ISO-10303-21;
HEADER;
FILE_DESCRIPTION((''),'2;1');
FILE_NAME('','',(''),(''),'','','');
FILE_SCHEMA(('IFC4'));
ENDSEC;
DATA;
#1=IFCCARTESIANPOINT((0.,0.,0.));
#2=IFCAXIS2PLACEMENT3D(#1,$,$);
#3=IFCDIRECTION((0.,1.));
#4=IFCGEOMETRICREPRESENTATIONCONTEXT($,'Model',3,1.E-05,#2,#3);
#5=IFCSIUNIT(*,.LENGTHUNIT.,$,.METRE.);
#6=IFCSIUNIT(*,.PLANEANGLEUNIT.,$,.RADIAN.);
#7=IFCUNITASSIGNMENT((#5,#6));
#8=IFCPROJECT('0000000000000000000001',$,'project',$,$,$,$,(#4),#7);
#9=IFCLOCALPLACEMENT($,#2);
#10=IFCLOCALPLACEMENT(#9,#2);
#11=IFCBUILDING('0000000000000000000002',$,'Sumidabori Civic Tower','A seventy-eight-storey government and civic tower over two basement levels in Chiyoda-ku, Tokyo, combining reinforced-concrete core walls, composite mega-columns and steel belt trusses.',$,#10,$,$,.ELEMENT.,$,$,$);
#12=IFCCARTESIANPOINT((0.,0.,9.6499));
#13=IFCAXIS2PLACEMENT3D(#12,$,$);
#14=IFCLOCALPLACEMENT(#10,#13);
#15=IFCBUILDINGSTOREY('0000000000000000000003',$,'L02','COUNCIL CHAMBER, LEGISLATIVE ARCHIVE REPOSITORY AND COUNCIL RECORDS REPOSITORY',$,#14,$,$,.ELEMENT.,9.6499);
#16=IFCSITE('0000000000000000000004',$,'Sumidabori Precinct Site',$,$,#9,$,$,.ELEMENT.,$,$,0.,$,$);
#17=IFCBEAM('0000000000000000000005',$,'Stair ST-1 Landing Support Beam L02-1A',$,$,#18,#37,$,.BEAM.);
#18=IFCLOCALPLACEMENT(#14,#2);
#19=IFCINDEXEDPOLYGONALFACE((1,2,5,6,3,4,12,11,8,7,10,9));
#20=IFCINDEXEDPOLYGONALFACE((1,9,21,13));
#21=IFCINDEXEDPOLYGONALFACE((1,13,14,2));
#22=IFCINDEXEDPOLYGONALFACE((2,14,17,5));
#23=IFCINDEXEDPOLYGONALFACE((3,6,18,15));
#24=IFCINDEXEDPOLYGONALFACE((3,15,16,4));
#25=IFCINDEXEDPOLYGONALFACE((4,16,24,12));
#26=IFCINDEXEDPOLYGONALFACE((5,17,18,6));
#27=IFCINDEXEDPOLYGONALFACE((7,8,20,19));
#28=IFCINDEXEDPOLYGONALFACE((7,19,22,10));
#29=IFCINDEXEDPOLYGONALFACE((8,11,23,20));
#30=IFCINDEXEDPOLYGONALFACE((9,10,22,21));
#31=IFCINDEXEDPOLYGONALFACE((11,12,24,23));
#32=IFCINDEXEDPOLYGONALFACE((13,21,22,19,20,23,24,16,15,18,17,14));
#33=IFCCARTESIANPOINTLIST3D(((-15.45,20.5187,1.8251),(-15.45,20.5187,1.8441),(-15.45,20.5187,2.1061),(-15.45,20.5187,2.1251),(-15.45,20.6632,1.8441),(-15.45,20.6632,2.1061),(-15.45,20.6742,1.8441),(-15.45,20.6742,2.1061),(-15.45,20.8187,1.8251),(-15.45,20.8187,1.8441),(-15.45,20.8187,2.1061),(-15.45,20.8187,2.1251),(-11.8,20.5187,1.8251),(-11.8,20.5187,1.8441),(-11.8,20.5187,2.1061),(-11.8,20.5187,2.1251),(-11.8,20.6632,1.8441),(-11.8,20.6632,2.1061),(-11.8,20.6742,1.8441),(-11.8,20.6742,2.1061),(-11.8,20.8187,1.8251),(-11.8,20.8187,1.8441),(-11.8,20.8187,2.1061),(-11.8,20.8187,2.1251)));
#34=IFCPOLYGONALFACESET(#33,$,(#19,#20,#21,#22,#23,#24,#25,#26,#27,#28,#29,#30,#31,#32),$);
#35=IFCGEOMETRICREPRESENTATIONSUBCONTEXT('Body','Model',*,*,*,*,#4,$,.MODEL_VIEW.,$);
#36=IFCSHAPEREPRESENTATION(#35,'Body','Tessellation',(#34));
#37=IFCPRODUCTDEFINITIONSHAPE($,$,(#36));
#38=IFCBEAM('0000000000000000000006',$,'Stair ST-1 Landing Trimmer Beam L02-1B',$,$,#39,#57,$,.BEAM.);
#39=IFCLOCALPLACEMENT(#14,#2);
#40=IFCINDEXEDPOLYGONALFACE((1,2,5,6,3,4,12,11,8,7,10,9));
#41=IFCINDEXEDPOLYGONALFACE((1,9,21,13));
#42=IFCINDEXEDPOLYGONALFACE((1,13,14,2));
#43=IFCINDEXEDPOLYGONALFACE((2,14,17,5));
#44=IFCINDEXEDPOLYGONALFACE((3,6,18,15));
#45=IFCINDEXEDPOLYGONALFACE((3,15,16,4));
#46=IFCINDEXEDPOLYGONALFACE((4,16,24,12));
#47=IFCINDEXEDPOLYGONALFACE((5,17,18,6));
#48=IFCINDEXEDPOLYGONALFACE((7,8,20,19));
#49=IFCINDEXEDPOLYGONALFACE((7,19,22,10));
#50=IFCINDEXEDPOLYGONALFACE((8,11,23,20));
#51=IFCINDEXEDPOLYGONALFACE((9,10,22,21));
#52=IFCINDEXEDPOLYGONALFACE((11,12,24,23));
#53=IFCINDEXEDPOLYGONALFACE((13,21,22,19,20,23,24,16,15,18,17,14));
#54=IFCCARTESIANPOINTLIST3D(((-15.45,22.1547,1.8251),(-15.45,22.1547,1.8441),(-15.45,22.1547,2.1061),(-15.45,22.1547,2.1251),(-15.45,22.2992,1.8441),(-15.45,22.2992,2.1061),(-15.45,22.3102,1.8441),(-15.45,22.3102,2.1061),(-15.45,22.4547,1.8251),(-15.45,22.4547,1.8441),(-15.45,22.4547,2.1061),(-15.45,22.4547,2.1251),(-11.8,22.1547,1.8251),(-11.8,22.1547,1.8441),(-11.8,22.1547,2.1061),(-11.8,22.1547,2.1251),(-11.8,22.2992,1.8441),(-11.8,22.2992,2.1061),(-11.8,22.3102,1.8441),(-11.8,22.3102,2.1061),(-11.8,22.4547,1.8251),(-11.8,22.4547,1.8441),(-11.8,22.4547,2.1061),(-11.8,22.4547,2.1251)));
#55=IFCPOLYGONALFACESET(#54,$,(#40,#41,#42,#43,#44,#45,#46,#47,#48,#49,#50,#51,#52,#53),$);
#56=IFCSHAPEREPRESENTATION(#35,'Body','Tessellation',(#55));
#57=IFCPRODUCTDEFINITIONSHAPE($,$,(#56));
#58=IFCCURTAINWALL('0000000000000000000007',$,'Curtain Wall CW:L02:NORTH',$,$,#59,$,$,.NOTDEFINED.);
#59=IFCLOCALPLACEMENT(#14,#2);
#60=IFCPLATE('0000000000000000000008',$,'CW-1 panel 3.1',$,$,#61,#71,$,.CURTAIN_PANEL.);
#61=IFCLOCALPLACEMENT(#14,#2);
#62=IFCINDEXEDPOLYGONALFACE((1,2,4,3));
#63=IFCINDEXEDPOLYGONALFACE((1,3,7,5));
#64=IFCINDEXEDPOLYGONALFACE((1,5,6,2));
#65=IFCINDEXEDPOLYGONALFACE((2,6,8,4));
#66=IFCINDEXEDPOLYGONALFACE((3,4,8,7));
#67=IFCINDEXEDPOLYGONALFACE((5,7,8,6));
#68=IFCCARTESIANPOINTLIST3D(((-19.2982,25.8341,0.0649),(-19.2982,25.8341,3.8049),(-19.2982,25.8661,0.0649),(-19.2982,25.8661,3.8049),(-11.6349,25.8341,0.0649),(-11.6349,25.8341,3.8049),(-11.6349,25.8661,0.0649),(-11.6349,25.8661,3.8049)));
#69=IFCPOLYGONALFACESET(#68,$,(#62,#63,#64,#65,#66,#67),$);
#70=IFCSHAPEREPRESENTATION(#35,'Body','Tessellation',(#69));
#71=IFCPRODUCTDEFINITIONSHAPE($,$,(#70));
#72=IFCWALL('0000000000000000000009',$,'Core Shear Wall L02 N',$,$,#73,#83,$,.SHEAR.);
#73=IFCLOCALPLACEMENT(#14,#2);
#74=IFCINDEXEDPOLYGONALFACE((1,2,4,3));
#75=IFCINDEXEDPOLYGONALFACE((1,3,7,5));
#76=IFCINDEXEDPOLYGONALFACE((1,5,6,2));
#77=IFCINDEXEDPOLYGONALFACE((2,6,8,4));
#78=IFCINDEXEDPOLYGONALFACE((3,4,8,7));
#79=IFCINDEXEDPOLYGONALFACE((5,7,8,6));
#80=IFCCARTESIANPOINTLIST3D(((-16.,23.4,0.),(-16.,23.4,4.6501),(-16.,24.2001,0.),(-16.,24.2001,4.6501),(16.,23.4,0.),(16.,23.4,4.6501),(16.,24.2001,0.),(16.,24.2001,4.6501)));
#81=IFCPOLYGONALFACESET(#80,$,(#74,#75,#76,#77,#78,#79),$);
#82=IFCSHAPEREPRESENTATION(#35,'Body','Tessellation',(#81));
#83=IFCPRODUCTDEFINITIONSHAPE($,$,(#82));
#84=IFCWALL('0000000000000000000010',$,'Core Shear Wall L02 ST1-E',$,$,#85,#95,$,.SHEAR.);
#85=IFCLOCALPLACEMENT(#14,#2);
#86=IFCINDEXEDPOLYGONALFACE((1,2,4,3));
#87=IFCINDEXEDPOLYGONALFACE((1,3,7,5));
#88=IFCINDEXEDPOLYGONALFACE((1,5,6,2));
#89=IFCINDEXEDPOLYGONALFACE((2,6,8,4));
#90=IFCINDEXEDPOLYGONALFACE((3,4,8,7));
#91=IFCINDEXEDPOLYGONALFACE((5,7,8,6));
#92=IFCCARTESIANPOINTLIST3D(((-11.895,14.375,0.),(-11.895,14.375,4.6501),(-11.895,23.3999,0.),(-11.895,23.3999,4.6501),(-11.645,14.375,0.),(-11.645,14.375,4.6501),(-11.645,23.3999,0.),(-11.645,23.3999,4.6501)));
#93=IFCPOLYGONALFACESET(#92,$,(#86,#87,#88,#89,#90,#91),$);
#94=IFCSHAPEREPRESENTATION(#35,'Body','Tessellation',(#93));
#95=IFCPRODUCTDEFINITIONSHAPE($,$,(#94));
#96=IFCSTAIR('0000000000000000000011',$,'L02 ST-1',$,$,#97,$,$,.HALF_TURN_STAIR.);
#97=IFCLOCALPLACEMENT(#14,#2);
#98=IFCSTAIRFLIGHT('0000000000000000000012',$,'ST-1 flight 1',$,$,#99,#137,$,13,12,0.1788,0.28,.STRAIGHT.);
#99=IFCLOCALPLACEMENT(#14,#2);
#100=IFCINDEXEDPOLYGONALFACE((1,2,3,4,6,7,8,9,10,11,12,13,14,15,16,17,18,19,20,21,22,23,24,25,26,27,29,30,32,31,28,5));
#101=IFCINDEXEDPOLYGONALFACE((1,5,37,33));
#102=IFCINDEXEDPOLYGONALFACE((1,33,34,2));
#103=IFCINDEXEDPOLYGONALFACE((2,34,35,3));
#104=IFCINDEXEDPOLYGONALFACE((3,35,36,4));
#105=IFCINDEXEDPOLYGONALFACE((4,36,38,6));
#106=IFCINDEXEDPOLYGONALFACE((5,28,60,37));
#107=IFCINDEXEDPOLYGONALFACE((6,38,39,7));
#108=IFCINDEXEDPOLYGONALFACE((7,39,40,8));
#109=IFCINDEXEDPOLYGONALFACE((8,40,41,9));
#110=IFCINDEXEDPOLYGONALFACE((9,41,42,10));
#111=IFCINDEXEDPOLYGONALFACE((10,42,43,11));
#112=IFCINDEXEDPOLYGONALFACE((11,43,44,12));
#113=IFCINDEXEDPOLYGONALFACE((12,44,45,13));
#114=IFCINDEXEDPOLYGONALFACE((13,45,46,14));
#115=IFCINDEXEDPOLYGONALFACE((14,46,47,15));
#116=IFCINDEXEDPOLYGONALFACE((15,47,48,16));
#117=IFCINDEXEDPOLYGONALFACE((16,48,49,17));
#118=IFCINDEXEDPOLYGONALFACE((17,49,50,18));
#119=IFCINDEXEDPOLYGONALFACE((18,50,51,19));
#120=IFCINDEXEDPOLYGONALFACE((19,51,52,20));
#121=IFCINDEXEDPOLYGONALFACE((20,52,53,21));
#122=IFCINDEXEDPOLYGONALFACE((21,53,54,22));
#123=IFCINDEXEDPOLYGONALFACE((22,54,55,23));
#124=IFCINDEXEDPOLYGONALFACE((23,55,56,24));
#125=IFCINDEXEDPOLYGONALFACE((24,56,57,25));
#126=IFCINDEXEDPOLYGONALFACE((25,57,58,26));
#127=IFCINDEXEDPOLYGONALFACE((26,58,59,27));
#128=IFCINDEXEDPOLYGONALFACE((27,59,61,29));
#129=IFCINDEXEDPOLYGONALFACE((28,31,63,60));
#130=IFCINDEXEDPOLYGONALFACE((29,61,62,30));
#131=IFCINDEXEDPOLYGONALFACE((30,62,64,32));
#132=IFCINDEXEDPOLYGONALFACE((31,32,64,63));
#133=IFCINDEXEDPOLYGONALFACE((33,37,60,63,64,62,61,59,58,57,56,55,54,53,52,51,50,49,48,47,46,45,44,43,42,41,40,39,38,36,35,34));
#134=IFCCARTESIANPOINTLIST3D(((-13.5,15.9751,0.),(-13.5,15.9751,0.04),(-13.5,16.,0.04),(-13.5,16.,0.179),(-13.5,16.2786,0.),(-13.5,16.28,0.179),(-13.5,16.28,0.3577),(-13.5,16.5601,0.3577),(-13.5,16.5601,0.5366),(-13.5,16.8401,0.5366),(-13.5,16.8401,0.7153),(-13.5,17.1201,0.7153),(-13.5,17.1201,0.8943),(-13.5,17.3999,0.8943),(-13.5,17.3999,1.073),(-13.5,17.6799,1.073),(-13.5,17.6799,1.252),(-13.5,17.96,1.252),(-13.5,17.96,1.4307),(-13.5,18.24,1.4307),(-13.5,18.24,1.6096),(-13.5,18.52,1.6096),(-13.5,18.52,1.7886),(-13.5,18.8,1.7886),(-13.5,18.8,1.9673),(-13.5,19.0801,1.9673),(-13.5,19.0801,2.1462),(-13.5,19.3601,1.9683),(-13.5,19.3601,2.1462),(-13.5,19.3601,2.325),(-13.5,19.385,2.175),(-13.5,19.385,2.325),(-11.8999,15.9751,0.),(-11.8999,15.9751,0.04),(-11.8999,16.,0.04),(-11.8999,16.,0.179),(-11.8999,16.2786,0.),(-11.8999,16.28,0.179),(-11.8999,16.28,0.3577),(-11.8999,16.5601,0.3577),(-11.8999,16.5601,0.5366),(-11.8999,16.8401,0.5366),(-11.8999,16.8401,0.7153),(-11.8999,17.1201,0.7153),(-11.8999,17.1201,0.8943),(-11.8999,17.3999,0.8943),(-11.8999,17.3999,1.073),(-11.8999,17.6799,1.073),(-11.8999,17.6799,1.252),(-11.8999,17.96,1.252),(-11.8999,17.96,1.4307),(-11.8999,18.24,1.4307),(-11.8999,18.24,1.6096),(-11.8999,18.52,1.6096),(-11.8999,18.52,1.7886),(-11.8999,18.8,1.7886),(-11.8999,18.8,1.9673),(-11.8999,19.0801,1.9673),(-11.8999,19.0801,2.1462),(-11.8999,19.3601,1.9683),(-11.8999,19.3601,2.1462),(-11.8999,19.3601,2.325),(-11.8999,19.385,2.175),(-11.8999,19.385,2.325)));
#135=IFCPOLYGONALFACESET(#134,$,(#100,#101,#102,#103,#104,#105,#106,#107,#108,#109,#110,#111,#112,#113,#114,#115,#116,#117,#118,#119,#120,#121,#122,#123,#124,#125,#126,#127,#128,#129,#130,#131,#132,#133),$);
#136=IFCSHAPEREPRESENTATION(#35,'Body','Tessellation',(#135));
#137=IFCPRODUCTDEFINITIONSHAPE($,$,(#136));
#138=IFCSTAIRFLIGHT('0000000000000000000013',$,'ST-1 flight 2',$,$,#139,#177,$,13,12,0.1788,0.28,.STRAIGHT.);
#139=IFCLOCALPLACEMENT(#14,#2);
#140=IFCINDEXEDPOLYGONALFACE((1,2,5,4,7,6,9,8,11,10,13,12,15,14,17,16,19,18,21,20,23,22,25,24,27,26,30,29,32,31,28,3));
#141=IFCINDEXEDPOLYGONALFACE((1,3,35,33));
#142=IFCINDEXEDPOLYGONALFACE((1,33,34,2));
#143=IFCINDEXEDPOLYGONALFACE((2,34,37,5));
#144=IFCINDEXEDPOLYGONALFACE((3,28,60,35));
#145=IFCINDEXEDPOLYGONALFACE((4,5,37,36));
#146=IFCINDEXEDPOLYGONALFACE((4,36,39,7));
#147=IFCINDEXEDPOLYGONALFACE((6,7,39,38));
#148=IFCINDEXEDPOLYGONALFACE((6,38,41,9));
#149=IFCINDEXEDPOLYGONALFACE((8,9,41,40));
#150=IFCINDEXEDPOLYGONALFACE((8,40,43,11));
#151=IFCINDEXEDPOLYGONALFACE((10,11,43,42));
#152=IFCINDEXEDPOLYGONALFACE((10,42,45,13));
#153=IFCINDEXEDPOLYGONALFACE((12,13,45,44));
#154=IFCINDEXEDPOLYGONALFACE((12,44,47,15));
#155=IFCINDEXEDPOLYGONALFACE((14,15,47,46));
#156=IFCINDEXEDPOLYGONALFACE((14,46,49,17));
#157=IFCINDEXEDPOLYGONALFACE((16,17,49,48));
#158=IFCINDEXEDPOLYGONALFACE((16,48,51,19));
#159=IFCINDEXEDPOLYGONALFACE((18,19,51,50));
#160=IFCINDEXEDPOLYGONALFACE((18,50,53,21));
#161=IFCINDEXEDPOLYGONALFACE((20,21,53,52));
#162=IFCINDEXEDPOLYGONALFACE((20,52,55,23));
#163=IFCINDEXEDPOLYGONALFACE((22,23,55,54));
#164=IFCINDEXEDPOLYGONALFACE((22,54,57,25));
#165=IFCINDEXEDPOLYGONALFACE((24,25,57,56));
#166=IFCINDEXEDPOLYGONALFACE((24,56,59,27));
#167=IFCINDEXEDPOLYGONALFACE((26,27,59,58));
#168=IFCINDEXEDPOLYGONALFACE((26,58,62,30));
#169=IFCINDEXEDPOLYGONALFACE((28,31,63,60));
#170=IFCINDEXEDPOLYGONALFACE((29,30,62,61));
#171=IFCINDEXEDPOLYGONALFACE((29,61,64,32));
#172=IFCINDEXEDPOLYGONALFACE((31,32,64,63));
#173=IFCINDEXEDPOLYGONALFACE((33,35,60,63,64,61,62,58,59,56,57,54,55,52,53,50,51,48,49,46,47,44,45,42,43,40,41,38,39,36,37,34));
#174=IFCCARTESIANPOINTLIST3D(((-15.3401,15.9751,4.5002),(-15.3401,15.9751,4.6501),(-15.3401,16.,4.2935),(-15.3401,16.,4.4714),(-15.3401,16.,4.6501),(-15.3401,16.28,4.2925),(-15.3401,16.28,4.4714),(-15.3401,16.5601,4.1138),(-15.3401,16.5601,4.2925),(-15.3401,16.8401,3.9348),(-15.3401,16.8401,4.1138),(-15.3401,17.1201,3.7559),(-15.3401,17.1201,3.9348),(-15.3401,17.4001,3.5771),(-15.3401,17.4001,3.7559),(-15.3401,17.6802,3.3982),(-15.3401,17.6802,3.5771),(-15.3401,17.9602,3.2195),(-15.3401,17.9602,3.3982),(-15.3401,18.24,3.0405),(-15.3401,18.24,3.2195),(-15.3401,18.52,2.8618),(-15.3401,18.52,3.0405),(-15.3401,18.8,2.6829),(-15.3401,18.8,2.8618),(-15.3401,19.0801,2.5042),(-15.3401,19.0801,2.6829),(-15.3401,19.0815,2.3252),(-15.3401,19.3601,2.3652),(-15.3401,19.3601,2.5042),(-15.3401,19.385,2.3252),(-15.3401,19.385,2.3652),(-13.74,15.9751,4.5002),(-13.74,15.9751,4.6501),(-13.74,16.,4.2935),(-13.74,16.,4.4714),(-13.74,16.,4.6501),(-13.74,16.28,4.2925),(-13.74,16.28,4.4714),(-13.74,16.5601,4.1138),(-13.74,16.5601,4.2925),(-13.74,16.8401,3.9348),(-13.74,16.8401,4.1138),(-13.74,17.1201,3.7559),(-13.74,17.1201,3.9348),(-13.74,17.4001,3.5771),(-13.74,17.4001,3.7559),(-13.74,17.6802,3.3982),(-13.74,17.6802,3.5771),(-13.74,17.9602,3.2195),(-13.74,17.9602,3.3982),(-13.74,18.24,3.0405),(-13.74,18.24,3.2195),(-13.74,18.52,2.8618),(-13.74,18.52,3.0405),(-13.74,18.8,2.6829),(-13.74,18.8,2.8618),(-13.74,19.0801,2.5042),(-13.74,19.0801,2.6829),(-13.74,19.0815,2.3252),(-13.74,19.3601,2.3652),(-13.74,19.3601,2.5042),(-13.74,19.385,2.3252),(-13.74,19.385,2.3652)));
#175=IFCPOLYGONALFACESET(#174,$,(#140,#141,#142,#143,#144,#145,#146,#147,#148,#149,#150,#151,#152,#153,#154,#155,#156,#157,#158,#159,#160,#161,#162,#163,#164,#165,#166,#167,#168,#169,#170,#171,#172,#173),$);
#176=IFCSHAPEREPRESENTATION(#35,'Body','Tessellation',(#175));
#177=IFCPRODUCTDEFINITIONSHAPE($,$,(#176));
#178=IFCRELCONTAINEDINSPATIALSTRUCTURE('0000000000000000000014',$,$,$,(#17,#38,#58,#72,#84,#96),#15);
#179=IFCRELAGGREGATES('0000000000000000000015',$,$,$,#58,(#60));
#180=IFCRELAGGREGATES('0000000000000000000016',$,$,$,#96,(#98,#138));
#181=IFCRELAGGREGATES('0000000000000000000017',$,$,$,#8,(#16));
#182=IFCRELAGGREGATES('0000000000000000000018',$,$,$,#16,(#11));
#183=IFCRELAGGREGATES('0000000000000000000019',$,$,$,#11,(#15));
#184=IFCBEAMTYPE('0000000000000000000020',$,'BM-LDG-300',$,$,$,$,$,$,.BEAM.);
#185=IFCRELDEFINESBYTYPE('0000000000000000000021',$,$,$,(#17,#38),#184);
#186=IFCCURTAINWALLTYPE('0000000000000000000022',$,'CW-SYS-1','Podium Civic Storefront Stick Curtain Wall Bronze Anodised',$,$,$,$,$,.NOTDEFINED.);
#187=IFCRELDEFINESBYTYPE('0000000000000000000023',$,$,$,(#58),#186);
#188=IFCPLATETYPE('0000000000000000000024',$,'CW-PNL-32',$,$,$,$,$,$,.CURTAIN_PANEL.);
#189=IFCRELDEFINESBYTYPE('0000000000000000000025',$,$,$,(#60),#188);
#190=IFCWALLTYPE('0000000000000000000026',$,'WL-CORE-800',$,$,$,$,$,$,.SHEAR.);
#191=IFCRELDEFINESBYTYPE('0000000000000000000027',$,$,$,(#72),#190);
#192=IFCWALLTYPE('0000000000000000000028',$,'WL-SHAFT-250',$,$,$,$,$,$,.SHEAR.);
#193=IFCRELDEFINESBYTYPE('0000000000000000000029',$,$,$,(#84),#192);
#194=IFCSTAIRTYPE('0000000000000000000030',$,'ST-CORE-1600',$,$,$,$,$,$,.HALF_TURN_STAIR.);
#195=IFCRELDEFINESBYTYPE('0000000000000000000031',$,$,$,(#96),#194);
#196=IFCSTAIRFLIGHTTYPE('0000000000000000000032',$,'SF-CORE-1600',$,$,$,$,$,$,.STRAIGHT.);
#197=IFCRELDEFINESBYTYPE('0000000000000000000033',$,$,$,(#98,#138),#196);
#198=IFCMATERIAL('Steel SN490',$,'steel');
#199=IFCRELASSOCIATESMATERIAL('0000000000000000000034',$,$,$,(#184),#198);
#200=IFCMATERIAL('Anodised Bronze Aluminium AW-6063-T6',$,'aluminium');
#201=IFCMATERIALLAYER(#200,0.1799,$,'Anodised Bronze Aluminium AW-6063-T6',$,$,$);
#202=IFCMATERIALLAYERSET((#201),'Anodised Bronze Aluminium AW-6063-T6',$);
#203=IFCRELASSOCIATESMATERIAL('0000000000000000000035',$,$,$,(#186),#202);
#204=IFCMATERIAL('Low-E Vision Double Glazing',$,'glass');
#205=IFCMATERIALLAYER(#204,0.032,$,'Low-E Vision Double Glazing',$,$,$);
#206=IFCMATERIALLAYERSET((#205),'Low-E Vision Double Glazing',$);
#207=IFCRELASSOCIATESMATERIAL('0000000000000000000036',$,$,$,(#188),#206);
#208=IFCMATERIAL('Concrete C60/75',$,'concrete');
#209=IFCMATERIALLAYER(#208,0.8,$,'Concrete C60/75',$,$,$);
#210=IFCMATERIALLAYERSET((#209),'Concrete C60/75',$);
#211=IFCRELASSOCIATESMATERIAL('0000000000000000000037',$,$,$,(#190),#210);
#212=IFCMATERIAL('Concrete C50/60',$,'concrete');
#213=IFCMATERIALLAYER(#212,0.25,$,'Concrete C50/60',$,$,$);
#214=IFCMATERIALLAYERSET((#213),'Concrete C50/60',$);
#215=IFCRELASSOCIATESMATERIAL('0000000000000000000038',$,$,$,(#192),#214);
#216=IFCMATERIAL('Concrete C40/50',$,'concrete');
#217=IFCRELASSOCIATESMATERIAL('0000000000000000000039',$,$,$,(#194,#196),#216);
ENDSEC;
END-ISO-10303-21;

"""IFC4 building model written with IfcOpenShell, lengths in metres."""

from ifc_helpers import new_model, si_unit, direction, frame, frame_2d, origin, origin_2d, place, context, subcontext, project, spatial, polyline, rectangle, i_section, outline, extrude, source, transform, mapped, material, layer, layer_set, material_profile, profile_set, type_object, element, aggregate, save


model = new_model("IFC4")

# Units and contexts
model_context = context("Model", 3, precision=1e-05, world=origin(), true_north=direction((0.0, 1.0)))
body_context = subcontext(model_context, "Body", "Model", "MODEL_VIEW")
ifc_project = project(units=[si_unit("LENGTHUNIT", "METRE"), si_unit("PLANEANGLEUNIT", "RADIAN")], contexts=[model_context])

# Site, building, storey
site_placement = place(None, origin())
site = spatial("IfcSite", under=ifc_project, at=site_placement, Name="Sumidabori Precinct Site", CompositionType="ELEMENT", RefElevation=0.0)
building_placement = place(site_placement, origin())
building = spatial("IfcBuilding", under=site, at=building_placement, Name="Sumidabori Civic Tower", Description="A seventy-eight-storey government and civic tower over two basement levels in Chiyoda-ku, Tokyo, combining reinforced-concrete core walls, composite mega-columns and steel belt trusses.", CompositionType="ELEMENT")
storey_placement = place(building_placement, frame((0.0, 0.0, 9.6499)))
storey = spatial("IfcBuildingStorey", under=building, at=storey_placement, Name="L02", Description="COUNCIL CHAMBER, LEGISLATIVE ARCHIVE REPOSITORY AND COUNCIL RECORDS REPOSITORY", CompositionType="ELEMENT", Elevation=9.6499)

# Beams
ifc_material_1 = material(Name="Steel SN490", Category="steel")
ifc_material_profile = material_profile(ifc_material_1, i_section(OverallWidth=0.3, OverallDepth=0.3, WebThickness=0.011, FlangeThickness=0.019, at=origin_2d()), Name="HE 300 B")
ifc_profile_set = profile_set([ifc_material_profile], Name="Steel SN490")
beam_type = type_object("IfcBeamType", Name="BM-LDG-300", PredefinedType="BEAM", material=ifc_profile_set)
shared_shape_1 = source(origin(), body_context, "Body", "SweptSolid", [
    extrude(i_section(OverallWidth=0.3, OverallDepth=0.3, WebThickness=0.011, FlangeThickness=0.019, at=origin_2d()), origin(), (0.0, 0.0, 1.0), 3.6499),
])
for number, where, z_axis, x_axis, name in (
    (1, (-15.45, 20.6687, 1.9751), (1.0, 0.0, 0.0), (0.0, 1.0, 0.0), "Stair ST-1 Landing Support Beam L02-1A"),
    (2, (-15.45, 22.3047, 1.9751), (1.0, 0.0, 0.0), (0.0, 1.0, 0.0), "Stair ST-1 Landing Trimmer Beam L02-1B"),
):
    element("IfcBeam", number, at=place(storey_placement, frame(where, z_axis=z_axis, x_axis=x_axis)), inside=storey, type_object=beam_type, Name=name, PredefinedType="BEAM", context=body_context, shape_type="MappedRepresentation", body=[
        mapped(shared_shape_1, transform((0.0, 0.0, 0.0), x_axis=(1.0, 0.0, 0.0), y_axis=(0.0, 1.0, 0.0), z_axis=(0.0, 0.0, 1.0), scale=1.0)),
    ])

# Curtain wall, plate
ifc_material_2 = material(Name="Anodised Bronze Aluminium AW-6063-T6", Category="aluminium")
ifc_layer_1 = layer(ifc_material_2, 0.1799, Name="Anodised Bronze Aluminium AW-6063-T6")
ifc_layer_set_1 = layer_set([ifc_layer_1], Name="Anodised Bronze Aluminium AW-6063-T6")
curtain_wall_type = type_object("IfcCurtainWallType", Name="CW-SYS-1", Description="Podium Civic Storefront Stick Curtain Wall Bronze Anodised", PredefinedType="NOTDEFINED", material=ifc_layer_set_1)
curtain_wall_placement = place(storey_placement, origin())
curtain_wall = element("IfcCurtainWall", 3, at=curtain_wall_placement, inside=storey, type_object=curtain_wall_type, Name="Curtain Wall CW:L02:NORTH", PredefinedType="NOTDEFINED")
ifc_material_3 = material(Name="Low-E Vision Double Glazing", Category="glass")
ifc_layer_2 = layer(ifc_material_3, 0.032, Name="Low-E Vision Double Glazing")
ifc_layer_set_2 = layer_set([ifc_layer_2], Name="Low-E Vision Double Glazing")
plate_type = type_object("IfcPlateType", Name="CW-PNL-32", PredefinedType="CURTAIN_PANEL", material=ifc_layer_set_2)
shared_shape_2 = source(origin(), body_context, "Body", "SweptSolid", [
    extrude(rectangle(XDim=7.6633, YDim=0.032, at=origin_2d()), origin(), (0.0, 0.0, 1.0), 3.74),
])
plate_placement = place(storey_placement, frame((-15.4666, 25.8501, 0.0649), z_axis=(0.0, 0.0, 1.0), x_axis=(1.0, 0.0, 0.0)))
plate = element("IfcPlate", 4, at=plate_placement, type_object=plate_type, Name="CW-1 panel 3.1", PredefinedType="CURTAIN_PANEL", context=body_context, shape_type="MappedRepresentation", body=[
    mapped(shared_shape_2, transform((0.0, 0.0, 0.0), x_axis=(1.0, 0.0, 0.0), y_axis=(0.0, 1.0, 0.0), z_axis=(0.0, 0.0, 1.0), scale=1.0)),
])
aggregate(curtain_wall, [plate])

# Wall
ifc_material_4 = material(Name="Concrete C60/75", Category="concrete")
ifc_layer_3 = layer(ifc_material_4, 0.8, Name="Concrete C60/75")
ifc_layer_set_3 = layer_set([ifc_layer_3], Name="Concrete C60/75")
wall_type_1 = type_object("IfcWallType", Name="WL-CORE-800", PredefinedType="SHEAR", material=ifc_layer_set_3)
shared_shape_3 = source(origin(), body_context, "Body", "SweptSolid", [
    extrude(rectangle(XDim=32.0, YDim=0.8, at=frame_2d((16.0, 0.0))), origin(), (0.0, 0.0, 1.0), 4.6501),
])
wall_1_placement = place(storey_placement, frame((-16.0, 23.8, 0.0), z_axis=(0.0, 0.0, 1.0), x_axis=(1.0, 0.0, 0.0)))
element("IfcWall", 5, at=wall_1_placement, inside=storey, type_object=wall_type_1, Name="Core Shear Wall L02 N", PredefinedType="SHEAR", context=body_context, shape_type="MappedRepresentation", body=[
    mapped(shared_shape_3, transform((0.0, 0.0, 0.0), x_axis=(1.0, 0.0, 0.0), y_axis=(0.0, 1.0, 0.0), z_axis=(0.0, 0.0, 1.0), scale=1.0)),
])

# Shared definitions
ifc_material_5 = material(Name="Concrete C50/60", Category="concrete")
ifc_layer_4 = layer(ifc_material_5, 0.25, Name="Concrete C50/60")
ifc_layer_set_4 = layer_set([ifc_layer_4], Name="Concrete C50/60")
wall_type_2 = type_object("IfcWallType", Name="WL-SHAFT-250", PredefinedType="SHEAR", material=ifc_layer_set_4)

# Wall
shared_shape_4 = source(origin(), body_context, "Body", "SweptSolid", [
    extrude(rectangle(XDim=9.0249, YDim=0.25, at=frame_2d((4.5125, 0.0))), origin(), (0.0, 0.0, 1.0), 4.6501),
])
wall_2_placement = place(storey_placement, frame((-11.77, 14.375, 0.0), z_axis=(0.0, 0.0, 1.0), x_axis=(0.0, 1.0, 0.0)))
element("IfcWall", 6, at=wall_2_placement, inside=storey, type_object=wall_type_2, Name="Core Shear Wall L02 ST1-E", PredefinedType="SHEAR", context=body_context, shape_type="MappedRepresentation", body=[
    mapped(shared_shape_4, transform((0.0, 0.0, 0.0), x_axis=(1.0, 0.0, 0.0), y_axis=(0.0, 1.0, 0.0), z_axis=(0.0, 0.0, 1.0), scale=1.0)),
])

# Stair, stair flights
ifc_material_6 = material(Name="Concrete C40/50", Category="concrete")
stair_type = type_object("IfcStairType", Name="ST-CORE-1600", PredefinedType="HALF_TURN_STAIR", material=ifc_material_6)
stair_placement = place(storey_placement, origin())
stair = element("IfcStair", 7, at=stair_placement, inside=storey, type_object=stair_type, Name="L02 ST-1", PredefinedType="HALF_TURN_STAIR")
stair_flight_type = type_object("IfcStairFlightType", Name="SF-CORE-1600", PredefinedType="STRAIGHT", material=ifc_material_6)
shared_shape_5 = source(origin(), body_context, "Body", "SweptSolid", [
    extrude(outline(polyline([(-0.0249, 0.0), (-0.0249, 0.04), (0.0, 0.04), (0.0, 0.179), (0.28, 0.179), (0.28, 0.3577), (0.5601, 0.3577), (0.5601, 0.5366), (0.8401, 0.5366), (0.8401, 0.7153), (1.1201, 0.7153), (1.1201, 0.8943), (1.3999, 0.8943), (1.3999, 1.073), (1.6799, 1.073), (1.6799, 1.252), (1.96, 1.252), (1.96, 1.4307), (2.24, 1.4307), (2.24, 1.6096), (2.52, 1.6096), (2.52, 1.7886), (2.8, 1.7886), (2.8, 1.9673), (3.0801, 1.9673), (3.0801, 2.1462), (3.3601, 2.1462), (3.3601, 2.325), (3.385, 2.325), (3.385, 2.175), (3.3601, 1.9683), (0.2786, 0.0), (-0.0249, 0.0)])), frame((0.0, 0.8, 0.0), z_axis=(0.0, -1.0, 0.0), x_axis=(1.0, 0.0, 0.0)), (0.0, 0.0, 1.0), 1.6001),
])
stair_flight_1_placement = place(storey_placement, frame((-12.7, 16.0, 0.0), z_axis=(0.0, 0.0, 1.0), x_axis=(0.0, 1.0, 0.0)))
stair_flight_1 = element("IfcStairFlight", 8, at=stair_flight_1_placement, type_object=stair_flight_type, Name="ST-1 flight 1", NumberOfRisers=13, NumberOfTreads=12, PredefinedType="STRAIGHT", RiserHeight=0.1788, TreadLength=0.28, context=body_context, shape_type="MappedRepresentation", body=[
    mapped(shared_shape_5, transform((0.0, 0.0, 0.0), x_axis=(1.0, 0.0, 0.0), y_axis=(0.0, 1.0, 0.0), z_axis=(0.0, 0.0, 1.0), scale=1.0)),
])
stair_flight_2_placement = place(storey_placement, frame((-14.54, 19.3601, 2.3252), z_axis=(0.0, 0.0, 1.0), x_axis=(0.0, -1.0, 0.0)))
stair_flight_2 = element("IfcStairFlight", 9, at=stair_flight_2_placement, type_object=stair_flight_type, Name="ST-1 flight 2", NumberOfRisers=13, NumberOfTreads=12, PredefinedType="STRAIGHT", RiserHeight=0.1788, TreadLength=0.28, context=body_context, shape_type="MappedRepresentation", body=[
    mapped(shared_shape_5, transform((0.0, 0.0, 0.0), x_axis=(1.0, 0.0, 0.0), y_axis=(0.0, 1.0, 0.0), z_axis=(0.0, 0.0, 1.0), scale=1.0)),
])
aggregate(stair, [stair_flight_1, stair_flight_2])

save(model, "model.ifc")
